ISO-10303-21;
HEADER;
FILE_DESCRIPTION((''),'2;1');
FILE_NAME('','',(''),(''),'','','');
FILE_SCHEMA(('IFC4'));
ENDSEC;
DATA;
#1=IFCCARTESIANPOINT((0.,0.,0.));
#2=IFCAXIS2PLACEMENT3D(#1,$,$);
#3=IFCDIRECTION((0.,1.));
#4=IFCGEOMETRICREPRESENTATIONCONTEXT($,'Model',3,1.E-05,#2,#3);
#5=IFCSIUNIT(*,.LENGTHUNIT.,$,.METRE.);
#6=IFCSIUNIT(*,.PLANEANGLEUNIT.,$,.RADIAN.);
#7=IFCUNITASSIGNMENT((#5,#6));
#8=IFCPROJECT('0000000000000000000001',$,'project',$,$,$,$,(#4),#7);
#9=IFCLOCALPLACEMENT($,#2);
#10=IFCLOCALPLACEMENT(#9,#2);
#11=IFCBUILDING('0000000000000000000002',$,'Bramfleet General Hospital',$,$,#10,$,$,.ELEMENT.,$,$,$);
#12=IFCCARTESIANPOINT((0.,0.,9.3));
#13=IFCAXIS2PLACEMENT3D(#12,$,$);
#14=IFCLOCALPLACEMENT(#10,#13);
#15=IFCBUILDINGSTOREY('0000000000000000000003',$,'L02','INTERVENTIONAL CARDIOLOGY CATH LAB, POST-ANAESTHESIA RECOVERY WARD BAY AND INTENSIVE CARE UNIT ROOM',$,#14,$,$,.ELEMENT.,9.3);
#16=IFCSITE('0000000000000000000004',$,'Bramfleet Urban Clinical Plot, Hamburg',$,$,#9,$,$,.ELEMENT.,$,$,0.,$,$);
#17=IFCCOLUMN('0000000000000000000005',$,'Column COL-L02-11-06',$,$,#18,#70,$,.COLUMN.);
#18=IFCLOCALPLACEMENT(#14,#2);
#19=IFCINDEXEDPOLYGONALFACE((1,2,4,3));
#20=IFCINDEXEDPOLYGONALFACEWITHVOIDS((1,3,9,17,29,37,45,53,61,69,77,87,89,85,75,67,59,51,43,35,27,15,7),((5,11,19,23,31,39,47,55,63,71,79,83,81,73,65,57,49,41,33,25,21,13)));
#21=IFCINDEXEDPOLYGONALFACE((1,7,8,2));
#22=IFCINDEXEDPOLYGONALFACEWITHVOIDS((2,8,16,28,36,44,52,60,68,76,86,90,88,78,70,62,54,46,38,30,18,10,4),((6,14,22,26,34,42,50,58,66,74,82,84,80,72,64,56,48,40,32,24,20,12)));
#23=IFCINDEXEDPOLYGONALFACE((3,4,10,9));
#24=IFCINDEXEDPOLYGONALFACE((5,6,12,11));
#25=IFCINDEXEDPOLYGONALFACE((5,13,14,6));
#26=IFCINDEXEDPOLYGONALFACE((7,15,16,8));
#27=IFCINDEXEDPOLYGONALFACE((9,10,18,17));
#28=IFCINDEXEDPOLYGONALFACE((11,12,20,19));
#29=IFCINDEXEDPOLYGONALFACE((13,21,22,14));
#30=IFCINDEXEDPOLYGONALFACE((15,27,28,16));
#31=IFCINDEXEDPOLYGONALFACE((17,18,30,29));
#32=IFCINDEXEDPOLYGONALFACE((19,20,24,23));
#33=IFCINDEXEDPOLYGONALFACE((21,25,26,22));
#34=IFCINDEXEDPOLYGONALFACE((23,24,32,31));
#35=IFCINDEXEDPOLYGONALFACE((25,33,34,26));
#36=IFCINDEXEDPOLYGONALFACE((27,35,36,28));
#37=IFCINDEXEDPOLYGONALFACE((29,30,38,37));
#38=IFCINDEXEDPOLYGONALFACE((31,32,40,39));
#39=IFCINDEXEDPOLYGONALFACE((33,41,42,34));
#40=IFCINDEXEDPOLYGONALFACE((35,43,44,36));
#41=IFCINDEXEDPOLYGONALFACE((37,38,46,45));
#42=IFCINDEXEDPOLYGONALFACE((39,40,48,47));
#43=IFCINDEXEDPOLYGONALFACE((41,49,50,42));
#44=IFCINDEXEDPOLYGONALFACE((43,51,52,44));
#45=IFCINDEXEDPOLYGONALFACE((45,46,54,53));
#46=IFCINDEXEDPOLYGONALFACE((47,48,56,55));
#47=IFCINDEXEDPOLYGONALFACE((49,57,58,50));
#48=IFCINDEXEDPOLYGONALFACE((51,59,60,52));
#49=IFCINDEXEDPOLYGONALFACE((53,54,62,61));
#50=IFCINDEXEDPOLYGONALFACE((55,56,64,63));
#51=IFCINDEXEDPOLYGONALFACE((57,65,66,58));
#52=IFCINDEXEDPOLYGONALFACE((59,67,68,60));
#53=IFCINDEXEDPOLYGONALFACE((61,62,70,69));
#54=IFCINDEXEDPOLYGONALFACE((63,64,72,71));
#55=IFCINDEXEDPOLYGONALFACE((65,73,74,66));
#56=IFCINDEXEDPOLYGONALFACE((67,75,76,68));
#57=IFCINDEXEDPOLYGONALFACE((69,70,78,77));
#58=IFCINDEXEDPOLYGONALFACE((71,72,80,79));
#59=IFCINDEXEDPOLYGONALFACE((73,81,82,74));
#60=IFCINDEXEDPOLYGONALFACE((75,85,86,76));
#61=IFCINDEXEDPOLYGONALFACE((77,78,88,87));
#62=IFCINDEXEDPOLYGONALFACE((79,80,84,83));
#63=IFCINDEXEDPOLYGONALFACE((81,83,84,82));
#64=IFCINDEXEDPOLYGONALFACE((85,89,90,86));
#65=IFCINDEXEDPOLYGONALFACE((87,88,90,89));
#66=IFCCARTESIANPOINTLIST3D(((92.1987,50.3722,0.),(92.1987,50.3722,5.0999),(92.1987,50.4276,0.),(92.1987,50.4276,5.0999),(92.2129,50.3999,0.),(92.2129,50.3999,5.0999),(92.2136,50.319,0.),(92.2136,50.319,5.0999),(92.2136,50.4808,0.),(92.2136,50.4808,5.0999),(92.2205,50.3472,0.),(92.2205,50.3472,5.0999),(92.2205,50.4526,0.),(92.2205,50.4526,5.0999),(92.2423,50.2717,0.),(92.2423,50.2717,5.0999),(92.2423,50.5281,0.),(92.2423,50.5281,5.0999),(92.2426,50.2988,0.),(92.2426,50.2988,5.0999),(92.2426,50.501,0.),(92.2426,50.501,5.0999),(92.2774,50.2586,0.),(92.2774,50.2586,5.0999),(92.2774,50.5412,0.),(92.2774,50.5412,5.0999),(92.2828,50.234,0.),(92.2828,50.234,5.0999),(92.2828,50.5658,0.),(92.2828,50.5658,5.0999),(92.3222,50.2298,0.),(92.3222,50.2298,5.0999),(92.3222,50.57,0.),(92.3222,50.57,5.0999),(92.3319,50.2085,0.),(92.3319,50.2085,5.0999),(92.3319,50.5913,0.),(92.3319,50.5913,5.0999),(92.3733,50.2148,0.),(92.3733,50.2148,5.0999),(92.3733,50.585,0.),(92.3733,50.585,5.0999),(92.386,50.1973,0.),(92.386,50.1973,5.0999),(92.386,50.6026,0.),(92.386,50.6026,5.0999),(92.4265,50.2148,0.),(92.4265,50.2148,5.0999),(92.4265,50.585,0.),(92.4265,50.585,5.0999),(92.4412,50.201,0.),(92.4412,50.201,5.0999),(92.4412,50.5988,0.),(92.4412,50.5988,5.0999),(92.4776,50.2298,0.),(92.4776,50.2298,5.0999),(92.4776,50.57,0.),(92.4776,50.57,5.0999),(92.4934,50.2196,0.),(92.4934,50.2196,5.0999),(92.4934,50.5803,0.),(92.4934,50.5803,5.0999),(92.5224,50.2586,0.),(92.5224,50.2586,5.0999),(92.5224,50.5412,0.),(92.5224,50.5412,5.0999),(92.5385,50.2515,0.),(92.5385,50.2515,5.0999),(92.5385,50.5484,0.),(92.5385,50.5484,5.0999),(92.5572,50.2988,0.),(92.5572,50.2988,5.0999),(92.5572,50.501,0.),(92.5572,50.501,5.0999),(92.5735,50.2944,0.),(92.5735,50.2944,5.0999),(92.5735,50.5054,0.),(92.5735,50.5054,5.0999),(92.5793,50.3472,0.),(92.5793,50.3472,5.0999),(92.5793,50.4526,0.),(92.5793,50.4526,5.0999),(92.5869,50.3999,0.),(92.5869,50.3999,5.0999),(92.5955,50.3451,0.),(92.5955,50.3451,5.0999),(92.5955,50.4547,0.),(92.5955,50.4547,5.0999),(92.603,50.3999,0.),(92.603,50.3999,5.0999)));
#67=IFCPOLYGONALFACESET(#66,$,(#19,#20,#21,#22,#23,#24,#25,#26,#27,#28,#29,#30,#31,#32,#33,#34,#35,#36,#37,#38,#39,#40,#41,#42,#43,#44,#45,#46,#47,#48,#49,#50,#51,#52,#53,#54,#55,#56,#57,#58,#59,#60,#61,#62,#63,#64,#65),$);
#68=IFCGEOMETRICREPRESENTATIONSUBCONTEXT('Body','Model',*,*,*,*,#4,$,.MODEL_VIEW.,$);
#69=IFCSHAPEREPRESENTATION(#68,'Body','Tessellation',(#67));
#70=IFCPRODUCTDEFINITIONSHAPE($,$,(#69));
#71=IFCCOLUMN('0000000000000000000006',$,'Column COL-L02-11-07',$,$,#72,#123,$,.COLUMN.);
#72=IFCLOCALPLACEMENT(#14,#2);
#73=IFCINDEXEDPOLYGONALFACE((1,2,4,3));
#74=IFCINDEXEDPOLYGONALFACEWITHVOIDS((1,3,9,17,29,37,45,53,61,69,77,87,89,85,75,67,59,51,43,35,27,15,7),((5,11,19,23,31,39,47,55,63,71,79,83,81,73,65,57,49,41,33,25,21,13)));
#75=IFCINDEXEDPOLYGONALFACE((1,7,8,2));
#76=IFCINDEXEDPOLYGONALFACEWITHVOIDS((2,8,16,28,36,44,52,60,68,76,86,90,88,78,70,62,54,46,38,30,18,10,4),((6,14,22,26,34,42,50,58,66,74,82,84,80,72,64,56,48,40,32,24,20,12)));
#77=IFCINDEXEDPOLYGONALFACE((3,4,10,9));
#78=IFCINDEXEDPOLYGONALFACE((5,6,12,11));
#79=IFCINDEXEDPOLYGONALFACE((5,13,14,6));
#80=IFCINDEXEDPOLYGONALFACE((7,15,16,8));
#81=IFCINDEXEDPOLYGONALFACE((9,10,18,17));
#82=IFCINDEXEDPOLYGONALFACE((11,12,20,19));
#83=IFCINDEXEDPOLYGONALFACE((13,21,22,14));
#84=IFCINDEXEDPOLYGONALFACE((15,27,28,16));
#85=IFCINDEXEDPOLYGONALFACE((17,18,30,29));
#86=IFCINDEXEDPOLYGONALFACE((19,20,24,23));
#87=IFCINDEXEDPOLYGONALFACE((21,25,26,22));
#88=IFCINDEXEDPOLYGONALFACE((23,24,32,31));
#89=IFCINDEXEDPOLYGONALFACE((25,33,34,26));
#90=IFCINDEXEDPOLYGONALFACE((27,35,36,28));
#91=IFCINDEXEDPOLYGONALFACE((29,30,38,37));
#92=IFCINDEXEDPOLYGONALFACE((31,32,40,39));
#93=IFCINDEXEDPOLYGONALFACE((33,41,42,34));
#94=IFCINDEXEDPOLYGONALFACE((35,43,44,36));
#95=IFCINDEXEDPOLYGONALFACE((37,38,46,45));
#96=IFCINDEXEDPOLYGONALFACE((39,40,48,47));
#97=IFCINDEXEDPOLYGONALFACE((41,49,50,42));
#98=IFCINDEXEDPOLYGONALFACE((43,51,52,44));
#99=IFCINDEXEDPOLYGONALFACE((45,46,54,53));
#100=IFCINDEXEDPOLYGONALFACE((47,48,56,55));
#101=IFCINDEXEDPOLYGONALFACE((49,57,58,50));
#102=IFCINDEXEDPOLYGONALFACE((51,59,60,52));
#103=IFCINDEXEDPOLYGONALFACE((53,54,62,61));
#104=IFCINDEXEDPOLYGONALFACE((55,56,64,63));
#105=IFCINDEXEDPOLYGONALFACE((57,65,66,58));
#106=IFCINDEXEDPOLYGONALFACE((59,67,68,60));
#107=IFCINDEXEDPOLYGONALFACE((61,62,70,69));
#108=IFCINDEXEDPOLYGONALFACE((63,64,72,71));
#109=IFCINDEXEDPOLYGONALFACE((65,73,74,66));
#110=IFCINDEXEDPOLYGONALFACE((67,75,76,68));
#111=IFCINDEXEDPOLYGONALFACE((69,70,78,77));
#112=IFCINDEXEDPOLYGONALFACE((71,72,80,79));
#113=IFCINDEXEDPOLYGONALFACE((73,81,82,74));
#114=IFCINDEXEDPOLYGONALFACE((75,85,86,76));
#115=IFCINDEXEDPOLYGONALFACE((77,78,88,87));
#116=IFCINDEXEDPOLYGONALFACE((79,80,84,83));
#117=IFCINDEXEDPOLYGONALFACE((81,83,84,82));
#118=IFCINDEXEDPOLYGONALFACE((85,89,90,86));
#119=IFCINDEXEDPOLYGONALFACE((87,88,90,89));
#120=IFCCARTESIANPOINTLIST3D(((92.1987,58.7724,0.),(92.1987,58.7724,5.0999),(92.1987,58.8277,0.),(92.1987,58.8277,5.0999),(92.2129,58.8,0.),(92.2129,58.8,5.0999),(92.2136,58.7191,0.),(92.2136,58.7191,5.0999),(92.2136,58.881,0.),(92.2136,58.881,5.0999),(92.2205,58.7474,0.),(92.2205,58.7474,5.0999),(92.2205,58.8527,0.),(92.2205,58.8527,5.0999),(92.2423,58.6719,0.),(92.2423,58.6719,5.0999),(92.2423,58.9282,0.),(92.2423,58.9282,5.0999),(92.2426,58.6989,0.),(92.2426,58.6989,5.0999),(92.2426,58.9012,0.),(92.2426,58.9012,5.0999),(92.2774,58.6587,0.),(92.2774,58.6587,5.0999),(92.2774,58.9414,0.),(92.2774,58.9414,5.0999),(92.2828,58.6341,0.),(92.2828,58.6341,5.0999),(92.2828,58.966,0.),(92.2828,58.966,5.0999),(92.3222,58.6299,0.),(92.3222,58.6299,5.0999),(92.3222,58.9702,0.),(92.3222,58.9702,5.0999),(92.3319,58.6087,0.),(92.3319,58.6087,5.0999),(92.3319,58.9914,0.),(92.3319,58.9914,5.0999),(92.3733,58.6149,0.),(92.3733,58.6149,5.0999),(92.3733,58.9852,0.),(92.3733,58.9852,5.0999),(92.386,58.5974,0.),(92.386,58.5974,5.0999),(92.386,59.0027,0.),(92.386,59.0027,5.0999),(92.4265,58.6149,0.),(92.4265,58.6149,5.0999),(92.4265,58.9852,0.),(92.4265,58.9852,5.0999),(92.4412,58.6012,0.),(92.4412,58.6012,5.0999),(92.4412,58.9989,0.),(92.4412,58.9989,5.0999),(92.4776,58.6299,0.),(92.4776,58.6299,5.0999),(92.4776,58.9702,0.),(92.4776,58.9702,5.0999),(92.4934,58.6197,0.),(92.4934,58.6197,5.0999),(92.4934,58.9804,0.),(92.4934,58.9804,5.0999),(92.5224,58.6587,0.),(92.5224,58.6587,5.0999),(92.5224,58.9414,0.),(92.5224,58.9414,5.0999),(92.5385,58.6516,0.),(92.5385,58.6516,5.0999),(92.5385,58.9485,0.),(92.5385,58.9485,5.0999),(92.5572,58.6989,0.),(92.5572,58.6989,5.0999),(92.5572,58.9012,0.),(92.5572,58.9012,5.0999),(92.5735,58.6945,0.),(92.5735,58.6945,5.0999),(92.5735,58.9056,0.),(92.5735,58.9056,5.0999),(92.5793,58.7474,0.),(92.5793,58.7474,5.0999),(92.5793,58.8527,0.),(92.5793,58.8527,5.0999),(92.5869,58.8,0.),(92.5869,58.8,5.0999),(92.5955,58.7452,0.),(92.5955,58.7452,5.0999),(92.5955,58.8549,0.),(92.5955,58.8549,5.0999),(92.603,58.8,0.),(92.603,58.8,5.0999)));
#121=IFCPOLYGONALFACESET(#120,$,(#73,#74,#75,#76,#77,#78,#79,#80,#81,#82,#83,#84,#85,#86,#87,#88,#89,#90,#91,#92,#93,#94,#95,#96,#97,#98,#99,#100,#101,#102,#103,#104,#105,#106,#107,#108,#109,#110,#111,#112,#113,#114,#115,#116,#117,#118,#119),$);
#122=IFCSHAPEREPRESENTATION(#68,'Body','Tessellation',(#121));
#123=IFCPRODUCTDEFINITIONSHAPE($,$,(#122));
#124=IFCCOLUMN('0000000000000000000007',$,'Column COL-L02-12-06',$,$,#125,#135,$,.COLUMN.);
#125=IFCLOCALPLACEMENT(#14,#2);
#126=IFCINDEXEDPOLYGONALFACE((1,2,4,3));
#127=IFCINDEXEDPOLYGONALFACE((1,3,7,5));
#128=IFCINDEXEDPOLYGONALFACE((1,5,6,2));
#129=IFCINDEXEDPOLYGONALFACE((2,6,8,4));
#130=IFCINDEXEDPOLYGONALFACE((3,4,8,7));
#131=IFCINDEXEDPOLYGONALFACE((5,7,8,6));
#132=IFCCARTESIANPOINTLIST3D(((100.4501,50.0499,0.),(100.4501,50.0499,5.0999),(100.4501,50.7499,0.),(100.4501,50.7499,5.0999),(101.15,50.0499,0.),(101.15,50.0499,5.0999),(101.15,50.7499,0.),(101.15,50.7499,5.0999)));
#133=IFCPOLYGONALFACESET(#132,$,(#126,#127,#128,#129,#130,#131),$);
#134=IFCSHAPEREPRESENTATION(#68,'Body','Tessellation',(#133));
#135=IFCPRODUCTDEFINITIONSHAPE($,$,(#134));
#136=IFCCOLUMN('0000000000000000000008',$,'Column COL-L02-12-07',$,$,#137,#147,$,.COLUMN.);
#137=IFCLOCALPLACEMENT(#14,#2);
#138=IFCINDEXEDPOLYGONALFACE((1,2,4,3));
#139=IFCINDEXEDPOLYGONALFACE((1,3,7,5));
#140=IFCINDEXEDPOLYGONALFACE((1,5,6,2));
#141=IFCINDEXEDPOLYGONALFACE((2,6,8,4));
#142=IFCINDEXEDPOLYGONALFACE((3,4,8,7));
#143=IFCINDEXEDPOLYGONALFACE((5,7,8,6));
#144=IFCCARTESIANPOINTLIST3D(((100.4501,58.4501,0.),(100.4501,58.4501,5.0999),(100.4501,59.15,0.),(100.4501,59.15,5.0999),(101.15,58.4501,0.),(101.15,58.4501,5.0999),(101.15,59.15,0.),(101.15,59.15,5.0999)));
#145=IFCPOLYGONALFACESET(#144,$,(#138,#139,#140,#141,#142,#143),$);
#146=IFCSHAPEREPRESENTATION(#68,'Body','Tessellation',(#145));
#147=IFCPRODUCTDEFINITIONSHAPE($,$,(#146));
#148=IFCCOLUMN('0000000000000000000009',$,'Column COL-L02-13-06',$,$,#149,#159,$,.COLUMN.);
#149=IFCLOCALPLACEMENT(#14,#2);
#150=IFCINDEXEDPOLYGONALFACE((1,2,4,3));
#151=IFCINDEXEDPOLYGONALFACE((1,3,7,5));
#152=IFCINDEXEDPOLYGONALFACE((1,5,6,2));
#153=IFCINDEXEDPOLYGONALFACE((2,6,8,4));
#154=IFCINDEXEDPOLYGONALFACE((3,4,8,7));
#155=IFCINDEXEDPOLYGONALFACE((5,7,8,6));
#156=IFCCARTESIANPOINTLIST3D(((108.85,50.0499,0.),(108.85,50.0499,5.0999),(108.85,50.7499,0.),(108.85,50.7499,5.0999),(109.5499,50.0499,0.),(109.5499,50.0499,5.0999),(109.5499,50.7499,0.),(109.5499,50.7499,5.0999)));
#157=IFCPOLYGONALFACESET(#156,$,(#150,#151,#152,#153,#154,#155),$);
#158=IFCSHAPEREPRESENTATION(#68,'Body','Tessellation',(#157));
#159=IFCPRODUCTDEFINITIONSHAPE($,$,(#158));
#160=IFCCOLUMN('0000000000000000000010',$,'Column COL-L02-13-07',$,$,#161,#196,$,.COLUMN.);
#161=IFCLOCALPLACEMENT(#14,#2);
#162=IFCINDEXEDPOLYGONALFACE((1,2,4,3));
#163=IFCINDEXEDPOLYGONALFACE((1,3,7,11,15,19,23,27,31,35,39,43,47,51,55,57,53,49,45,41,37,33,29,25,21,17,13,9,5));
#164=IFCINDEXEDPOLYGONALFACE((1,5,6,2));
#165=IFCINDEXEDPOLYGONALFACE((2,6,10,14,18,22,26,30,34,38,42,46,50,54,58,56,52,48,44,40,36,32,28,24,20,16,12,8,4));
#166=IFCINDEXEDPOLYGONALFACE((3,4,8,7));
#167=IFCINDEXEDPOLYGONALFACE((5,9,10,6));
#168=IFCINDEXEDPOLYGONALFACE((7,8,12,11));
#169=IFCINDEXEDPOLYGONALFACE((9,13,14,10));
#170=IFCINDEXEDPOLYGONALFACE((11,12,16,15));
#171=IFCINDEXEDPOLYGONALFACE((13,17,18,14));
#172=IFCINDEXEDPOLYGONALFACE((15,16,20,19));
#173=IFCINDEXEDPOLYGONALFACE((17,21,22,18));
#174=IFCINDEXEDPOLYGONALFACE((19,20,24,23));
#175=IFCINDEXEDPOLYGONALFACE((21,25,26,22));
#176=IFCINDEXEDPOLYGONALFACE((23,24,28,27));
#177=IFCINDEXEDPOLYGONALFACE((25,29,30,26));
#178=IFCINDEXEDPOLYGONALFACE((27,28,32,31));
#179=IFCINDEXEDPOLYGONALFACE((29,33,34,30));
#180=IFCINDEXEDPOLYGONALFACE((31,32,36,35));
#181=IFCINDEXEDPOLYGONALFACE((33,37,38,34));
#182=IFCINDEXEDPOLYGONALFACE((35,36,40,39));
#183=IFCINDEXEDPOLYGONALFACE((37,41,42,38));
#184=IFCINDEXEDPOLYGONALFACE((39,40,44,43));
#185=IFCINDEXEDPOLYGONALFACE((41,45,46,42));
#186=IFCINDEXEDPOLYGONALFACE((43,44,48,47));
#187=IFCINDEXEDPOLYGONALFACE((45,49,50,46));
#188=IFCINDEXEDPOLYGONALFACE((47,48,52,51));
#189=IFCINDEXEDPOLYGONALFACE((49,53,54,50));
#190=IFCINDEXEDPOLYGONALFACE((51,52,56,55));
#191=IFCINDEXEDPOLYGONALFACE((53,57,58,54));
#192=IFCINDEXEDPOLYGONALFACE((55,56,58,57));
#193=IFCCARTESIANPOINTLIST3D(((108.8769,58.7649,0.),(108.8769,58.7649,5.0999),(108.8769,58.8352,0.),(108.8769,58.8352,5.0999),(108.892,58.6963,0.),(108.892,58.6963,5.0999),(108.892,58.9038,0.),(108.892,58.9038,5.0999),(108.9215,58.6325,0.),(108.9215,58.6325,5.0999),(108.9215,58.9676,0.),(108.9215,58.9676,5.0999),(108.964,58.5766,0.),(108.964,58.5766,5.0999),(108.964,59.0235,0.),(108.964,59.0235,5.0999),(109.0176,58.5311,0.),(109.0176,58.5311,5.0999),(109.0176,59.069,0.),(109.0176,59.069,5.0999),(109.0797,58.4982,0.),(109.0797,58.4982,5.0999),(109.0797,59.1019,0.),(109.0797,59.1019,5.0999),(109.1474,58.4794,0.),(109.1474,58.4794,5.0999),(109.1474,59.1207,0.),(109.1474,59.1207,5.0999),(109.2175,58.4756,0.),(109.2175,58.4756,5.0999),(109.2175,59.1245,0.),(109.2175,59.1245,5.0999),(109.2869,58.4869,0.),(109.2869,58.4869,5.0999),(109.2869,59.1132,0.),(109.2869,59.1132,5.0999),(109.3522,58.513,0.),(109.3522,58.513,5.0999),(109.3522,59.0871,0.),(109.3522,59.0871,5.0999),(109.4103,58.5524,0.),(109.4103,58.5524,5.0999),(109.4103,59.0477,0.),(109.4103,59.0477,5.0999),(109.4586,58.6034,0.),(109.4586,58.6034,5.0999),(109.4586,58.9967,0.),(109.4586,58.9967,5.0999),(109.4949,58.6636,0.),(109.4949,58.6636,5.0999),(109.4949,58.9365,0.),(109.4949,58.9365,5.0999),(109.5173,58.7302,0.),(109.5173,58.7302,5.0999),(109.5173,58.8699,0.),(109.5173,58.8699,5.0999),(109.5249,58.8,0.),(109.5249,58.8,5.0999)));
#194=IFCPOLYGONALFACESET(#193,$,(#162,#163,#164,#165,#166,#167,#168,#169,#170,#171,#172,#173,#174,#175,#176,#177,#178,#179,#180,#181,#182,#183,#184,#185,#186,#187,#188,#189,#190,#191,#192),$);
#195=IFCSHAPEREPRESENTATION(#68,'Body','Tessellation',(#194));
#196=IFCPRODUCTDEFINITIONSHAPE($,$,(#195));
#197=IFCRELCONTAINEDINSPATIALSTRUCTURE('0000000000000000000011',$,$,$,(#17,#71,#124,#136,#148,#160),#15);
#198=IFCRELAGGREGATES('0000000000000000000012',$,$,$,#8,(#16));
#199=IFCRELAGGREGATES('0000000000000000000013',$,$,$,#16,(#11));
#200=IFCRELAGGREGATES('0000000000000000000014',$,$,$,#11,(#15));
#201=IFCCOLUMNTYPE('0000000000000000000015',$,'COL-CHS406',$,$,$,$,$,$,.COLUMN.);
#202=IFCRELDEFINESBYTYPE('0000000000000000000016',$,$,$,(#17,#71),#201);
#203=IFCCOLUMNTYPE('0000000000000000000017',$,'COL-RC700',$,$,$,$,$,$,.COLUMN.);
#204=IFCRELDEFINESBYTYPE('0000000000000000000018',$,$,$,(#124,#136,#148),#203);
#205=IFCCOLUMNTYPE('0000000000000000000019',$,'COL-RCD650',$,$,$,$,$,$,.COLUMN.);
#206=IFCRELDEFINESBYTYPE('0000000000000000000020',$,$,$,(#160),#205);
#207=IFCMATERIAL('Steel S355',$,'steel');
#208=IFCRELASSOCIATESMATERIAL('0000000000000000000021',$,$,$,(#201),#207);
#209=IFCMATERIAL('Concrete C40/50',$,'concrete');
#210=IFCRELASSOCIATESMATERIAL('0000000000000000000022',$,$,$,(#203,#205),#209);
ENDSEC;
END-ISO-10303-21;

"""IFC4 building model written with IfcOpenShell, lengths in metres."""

from ifc_helpers import new_model, si_unit, direction, frame, origin, origin_2d, place, context, subcontext, project, spatial, rectangle, circle, hollow_circle, extrude, material, material_profile, profile_set, type_object, element, save


model = new_model("IFC4")

# Units and contexts
model_context = context("Model", 3, precision=1e-05, world=origin(), true_north=direction((0.0, 1.0)))
body_context = subcontext(model_context, "Body", "Model", "MODEL_VIEW")
ifc_project = project(units=[si_unit("LENGTHUNIT", "METRE"), si_unit("PLANEANGLEUNIT", "RADIAN")], contexts=[model_context])

# Site, building, storey
site_placement = place(None, origin())
site = spatial("IfcSite", under=ifc_project, at=site_placement, Name="Bramfleet Urban Clinical Plot, Hamburg", CompositionType="ELEMENT", RefElevation=0.0)
building_placement = place(site_placement, origin())
building = spatial("IfcBuilding", under=site, at=building_placement, Name="Bramfleet General Hospital", CompositionType="ELEMENT")
storey_placement = place(building_placement, frame((0.0, 0.0, 9.3)))
storey = spatial("IfcBuildingStorey", under=building, at=storey_placement, Name="L02", Description="INTERVENTIONAL CARDIOLOGY CATH LAB, POST-ANAESTHESIA RECOVERY WARD BAY AND INTENSIVE CARE UNIT ROOM", CompositionType="ELEMENT", Elevation=9.3)

# Columns
ifc_material_1 = material(Name="Steel S355", Category="steel")
ifc_material_profile_1 = material_profile(ifc_material_1, hollow_circle(Radius=0.2031, WallThickness=0.0161, at=origin_2d()), Name="CHS 406.4x16.0")
ifc_profile_set_1 = profile_set([ifc_material_profile_1], Name="Steel S355")
column_type_1 = type_object("IfcColumnType", Name="COL-CHS406", PredefinedType="COLUMN", material=ifc_profile_set_1)
for number, where, z_axis, x_axis, name in (
    (1, (92.3999, 50.3999, 0.0), (0.0, 0.0, 1.0), (1.0, 0.0, 0.0), "Column COL-L02-11-06"),
    (2, (92.3999, 58.8, 0.0), (0.0, 0.0, 1.0), (1.0, 0.0, 0.0), "Column COL-L02-11-07"),
):
    element("IfcColumn", number, at=place(storey_placement, frame(where, z_axis=z_axis, x_axis=x_axis)), inside=storey, type_object=column_type_1, Name=name, PredefinedType="COLUMN", context=body_context, shape_type="SweptSolid", body=[
        extrude(hollow_circle(Radius=0.2031, WallThickness=0.0161, at=origin_2d()), origin(), (0.0, 0.0, 1.0), 5.0999),
    ])
ifc_material_2 = material(Name="Concrete C40/50", Category="concrete")
ifc_material_profile_2 = material_profile(ifc_material_2, rectangle(XDim=0.7, YDim=0.7, at=origin_2d()), Name="RC COL 700x700")
ifc_profile_set_2 = profile_set([ifc_material_profile_2], Name="Concrete C40/50")
column_type_2 = type_object("IfcColumnType", Name="COL-RC700", PredefinedType="COLUMN", material=ifc_profile_set_2)
for number, where, z_axis, x_axis, name in (
    (3, (100.8, 50.3999, 0.0), (0.0, 0.0, 1.0), (1.0, 0.0, 0.0), "Column COL-L02-12-06"),
    (4, (100.8, 58.8, 0.0), (0.0, 0.0, 1.0), (1.0, 0.0, 0.0), "Column COL-L02-12-07"),
    (5, (109.2, 50.3999, 0.0), (0.0, 0.0, 1.0), (1.0, 0.0, 0.0), "Column COL-L02-13-06"),
):
    element("IfcColumn", number, at=place(storey_placement, frame(where, z_axis=z_axis, x_axis=x_axis)), inside=storey, type_object=column_type_2, Name=name, PredefinedType="COLUMN", context=body_context, shape_type="SweptSolid", body=[
        extrude(rectangle(XDim=0.7, YDim=0.7, at=origin_2d()), origin(), (0.0, 0.0, 1.0), 5.0999),
    ])
ifc_material_profile_3 = material_profile(ifc_material_2, circle(Radius=0.325, at=origin_2d()), Name="RC ROUND D650")
ifc_profile_set_3 = profile_set([ifc_material_profile_3], Name="Concrete C40/50")
column_type_3 = type_object("IfcColumnType", Name="COL-RCD650", PredefinedType="COLUMN", material=ifc_profile_set_3)
column_placement = place(storey_placement, frame((109.2, 58.8, 0.0), z_axis=(0.0, 0.0, 1.0), x_axis=(1.0, 0.0, 0.0)))
element("IfcColumn", 6, at=column_placement, inside=storey, type_object=column_type_3, Name="Column COL-L02-13-07", PredefinedType="COLUMN", context=body_context, shape_type="SweptSolid", body=[
    extrude(circle(Radius=0.325, at=origin_2d()), origin(), (0.0, 0.0, 1.0), 5.0999),
])

save(model, "model.ifc")
